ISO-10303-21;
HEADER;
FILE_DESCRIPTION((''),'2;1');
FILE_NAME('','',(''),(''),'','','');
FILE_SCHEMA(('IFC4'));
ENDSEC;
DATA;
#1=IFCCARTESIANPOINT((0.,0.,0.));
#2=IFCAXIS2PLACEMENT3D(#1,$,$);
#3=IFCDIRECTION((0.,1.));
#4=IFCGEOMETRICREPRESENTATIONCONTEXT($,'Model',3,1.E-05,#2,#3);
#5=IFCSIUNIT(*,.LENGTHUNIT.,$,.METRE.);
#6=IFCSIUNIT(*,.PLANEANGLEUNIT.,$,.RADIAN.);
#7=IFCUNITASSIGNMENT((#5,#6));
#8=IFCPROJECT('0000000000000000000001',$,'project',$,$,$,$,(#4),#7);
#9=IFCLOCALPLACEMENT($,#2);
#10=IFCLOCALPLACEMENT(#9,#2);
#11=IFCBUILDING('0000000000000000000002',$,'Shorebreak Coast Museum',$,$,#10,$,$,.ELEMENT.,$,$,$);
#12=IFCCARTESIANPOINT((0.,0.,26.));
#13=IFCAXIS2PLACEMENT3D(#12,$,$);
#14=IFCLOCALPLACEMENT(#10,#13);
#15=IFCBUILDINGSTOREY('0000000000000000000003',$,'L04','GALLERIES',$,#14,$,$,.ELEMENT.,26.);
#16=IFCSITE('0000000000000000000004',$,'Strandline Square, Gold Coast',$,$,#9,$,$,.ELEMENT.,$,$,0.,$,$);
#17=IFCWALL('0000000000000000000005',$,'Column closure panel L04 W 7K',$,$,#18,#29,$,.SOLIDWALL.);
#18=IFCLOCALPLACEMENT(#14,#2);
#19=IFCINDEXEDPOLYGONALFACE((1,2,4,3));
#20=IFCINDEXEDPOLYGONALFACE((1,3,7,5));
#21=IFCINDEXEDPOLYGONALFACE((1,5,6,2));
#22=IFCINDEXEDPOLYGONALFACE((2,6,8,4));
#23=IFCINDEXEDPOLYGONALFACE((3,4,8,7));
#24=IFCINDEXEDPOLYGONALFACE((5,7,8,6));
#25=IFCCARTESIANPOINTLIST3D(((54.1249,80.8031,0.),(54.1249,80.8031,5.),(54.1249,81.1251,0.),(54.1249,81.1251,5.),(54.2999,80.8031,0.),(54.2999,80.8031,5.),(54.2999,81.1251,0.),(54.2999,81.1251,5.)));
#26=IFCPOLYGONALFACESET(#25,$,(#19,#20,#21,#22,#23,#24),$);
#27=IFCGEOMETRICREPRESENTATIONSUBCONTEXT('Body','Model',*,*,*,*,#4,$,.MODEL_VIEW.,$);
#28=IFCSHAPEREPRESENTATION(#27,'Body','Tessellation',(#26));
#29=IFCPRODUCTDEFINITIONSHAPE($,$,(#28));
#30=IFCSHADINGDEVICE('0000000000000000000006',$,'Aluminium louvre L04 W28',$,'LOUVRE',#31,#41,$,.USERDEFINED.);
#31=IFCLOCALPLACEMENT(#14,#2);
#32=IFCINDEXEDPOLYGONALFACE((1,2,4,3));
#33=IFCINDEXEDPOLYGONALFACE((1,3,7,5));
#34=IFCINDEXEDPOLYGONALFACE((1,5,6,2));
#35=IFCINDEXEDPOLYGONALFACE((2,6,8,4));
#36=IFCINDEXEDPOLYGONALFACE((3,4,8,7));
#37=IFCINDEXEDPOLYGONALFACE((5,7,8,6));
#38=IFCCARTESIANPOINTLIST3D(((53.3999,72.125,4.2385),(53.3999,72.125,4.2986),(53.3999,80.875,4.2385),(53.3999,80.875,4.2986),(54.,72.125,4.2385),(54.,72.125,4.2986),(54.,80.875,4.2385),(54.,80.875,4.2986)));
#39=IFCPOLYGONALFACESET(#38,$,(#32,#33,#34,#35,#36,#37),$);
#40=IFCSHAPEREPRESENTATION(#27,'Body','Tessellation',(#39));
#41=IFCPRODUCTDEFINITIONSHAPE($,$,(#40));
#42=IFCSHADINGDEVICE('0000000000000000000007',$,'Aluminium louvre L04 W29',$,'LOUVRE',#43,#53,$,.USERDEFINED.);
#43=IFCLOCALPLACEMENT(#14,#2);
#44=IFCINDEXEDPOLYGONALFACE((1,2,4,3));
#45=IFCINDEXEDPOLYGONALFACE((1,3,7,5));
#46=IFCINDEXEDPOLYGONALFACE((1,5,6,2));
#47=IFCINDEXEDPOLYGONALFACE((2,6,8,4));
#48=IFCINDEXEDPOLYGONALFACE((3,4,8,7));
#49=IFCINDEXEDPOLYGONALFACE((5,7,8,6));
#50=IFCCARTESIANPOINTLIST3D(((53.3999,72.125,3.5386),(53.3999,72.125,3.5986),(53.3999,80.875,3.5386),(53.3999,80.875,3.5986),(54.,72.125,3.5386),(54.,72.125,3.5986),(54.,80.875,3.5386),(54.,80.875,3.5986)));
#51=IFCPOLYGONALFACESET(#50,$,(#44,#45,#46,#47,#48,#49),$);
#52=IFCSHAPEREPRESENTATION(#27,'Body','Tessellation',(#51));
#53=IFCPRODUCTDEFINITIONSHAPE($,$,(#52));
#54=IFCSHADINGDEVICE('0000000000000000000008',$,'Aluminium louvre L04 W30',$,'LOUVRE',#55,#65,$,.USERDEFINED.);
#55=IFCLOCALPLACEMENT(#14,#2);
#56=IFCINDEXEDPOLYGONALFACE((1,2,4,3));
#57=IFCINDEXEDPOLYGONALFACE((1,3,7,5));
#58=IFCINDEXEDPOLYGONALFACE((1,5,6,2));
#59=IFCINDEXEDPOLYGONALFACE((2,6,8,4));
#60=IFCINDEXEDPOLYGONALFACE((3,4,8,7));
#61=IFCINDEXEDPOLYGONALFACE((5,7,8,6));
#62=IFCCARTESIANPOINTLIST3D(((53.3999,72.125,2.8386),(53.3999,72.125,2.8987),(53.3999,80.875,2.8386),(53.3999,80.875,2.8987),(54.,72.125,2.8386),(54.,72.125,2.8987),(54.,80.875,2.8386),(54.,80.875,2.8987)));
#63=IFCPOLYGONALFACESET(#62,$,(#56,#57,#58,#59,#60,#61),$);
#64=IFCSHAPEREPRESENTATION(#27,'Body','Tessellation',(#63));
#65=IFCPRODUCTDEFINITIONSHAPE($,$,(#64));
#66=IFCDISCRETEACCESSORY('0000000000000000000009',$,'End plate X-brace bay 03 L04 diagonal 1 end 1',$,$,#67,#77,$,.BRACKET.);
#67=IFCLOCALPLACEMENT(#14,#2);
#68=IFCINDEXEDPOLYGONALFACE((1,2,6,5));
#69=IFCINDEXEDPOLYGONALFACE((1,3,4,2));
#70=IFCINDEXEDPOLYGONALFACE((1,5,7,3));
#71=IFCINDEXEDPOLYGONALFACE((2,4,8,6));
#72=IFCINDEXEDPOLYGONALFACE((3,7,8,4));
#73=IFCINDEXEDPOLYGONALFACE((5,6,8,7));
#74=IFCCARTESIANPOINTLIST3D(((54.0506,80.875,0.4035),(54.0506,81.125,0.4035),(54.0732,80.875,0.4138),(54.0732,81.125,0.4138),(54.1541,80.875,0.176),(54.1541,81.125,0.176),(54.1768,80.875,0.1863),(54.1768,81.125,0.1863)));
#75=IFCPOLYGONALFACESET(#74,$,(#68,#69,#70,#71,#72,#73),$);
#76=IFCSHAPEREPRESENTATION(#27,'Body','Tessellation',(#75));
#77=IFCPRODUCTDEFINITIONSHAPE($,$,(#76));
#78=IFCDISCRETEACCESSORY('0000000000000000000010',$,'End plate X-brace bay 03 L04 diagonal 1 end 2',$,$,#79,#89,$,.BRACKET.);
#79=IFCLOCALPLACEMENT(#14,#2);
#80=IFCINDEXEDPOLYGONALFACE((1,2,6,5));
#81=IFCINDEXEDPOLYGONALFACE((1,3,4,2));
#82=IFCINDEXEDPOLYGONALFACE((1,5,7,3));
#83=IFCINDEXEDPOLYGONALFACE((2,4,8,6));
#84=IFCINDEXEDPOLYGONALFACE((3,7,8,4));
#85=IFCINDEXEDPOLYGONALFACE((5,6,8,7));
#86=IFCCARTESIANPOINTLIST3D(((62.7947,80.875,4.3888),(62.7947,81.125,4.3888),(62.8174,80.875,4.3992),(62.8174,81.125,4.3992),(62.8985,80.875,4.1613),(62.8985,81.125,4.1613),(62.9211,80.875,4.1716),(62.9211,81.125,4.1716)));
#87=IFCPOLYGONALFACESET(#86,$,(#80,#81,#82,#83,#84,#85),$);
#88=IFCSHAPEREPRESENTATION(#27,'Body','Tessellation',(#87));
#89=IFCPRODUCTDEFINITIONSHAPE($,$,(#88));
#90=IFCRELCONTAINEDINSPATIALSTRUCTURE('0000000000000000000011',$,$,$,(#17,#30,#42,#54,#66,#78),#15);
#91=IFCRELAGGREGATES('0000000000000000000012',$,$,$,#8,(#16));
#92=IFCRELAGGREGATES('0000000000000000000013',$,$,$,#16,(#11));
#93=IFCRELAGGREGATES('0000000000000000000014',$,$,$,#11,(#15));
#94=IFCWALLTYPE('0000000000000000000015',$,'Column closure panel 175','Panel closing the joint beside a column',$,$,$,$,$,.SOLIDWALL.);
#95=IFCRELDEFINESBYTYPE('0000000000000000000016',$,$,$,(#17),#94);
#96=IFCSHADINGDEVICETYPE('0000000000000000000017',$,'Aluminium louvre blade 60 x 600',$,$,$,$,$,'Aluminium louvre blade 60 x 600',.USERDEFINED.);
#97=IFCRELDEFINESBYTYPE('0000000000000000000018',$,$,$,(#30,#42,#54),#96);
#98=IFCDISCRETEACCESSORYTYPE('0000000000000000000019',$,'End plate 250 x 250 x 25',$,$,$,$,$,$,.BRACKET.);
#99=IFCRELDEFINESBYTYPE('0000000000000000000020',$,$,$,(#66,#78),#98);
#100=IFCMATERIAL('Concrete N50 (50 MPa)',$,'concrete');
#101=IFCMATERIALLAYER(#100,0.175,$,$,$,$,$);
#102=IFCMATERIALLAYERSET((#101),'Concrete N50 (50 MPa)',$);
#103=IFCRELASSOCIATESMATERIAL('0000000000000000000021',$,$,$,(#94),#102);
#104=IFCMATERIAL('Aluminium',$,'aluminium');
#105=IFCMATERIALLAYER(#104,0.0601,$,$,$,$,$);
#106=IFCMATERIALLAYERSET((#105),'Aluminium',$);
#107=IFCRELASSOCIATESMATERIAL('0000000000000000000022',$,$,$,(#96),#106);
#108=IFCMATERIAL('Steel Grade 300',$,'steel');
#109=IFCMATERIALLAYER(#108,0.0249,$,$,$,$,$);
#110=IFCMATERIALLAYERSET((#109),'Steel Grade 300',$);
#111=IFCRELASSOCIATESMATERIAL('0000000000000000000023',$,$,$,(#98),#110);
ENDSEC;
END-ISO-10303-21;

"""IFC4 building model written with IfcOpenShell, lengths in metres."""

from ifc_helpers import new_model, si_unit, direction, frame, frame_2d, origin, origin_2d, place, context, subcontext, project, spatial, polyline, rectangle, outline, extrude, material, layer, layer_set, type_object, element, save


model = new_model("IFC4")

# Units and contexts
model_context = context("Model", 3, precision=1e-05, world=origin(), true_north=direction((0.0, 1.0)))
body_context = subcontext(model_context, "Body", "Model", "MODEL_VIEW")
ifc_project = project(units=[si_unit("LENGTHUNIT", "METRE"), si_unit("PLANEANGLEUNIT", "RADIAN")], contexts=[model_context])

# Site, building, storey
site_placement = place(None, origin())
site = spatial("IfcSite", under=ifc_project, at=site_placement, Name="Strandline Square, Gold Coast", CompositionType="ELEMENT", RefElevation=0.0)
building_placement = place(site_placement, origin())
building = spatial("IfcBuilding", under=site, at=building_placement, Name="Shorebreak Coast Museum", CompositionType="ELEMENT")
storey_placement = place(building_placement, frame((0.0, 0.0, 26.0)))
storey = spatial("IfcBuildingStorey", under=building, at=storey_placement, Name="L04", Description="GALLERIES", CompositionType="ELEMENT", Elevation=26.0)

# Wall
ifc_material_1 = material(Name="Concrete N50 (50 MPa)", Category="concrete")
ifc_layer_1 = layer(ifc_material_1, 0.175)
ifc_layer_set_1 = layer_set([ifc_layer_1], Name="Concrete N50 (50 MPa)")
wall_type = type_object("IfcWallType", Name="Column closure panel 175", Description="Panel closing the joint beside a column", PredefinedType="SOLIDWALL", material=ifc_layer_set_1)
wall_placement = place(storey_placement, frame((54.2124, 80.803, 0.0), z_axis=(0.0, 0.0, 1.0), x_axis=(0.0, 1.0, 0.0)))
element("IfcWall", 1, at=wall_placement, inside=storey, type_object=wall_type, Name="Column closure panel L04 W 7K", PredefinedType="SOLIDWALL", context=body_context, shape_type="SweptSolid", body=[
    extrude(rectangle(XDim=0.322, YDim=0.175, at=frame_2d((0.1611, 0.0))), origin(), (0.0, 0.0, 1.0), 5.0),
])

# Shading devices
ifc_material_2 = material(Name="Aluminium", Category="aluminium")
ifc_layer_2 = layer(ifc_material_2, 0.0601)
ifc_layer_set_2 = layer_set([ifc_layer_2], Name="Aluminium")
shading_device_type = type_object("IfcShadingDeviceType", Name="Aluminium louvre blade 60 x 600", ElementType="Aluminium louvre blade 60 x 600", PredefinedType="USERDEFINED", material=ifc_layer_set_2)
for number, where, z_axis, x_axis, name in (
    (2, (53.7, 76.5, 4.2385), (0.0, 0.0, 1.0), (1.0, 0.0, 0.0), "Aluminium louvre L04 W28"),
    (3, (53.7, 76.5, 3.5386), (0.0, 0.0, 1.0), (1.0, 0.0, 0.0), "Aluminium louvre L04 W29"),
    (4, (53.7, 76.5, 2.8386), (0.0, 0.0, 1.0), (1.0, 0.0, 0.0), "Aluminium louvre L04 W30"),
):
    element("IfcShadingDevice", number, at=place(storey_placement, frame(where, z_axis=z_axis, x_axis=x_axis)), inside=storey, type_object=shading_device_type, Name=name, ObjectType="LOUVRE", PredefinedType="USERDEFINED", context=body_context, shape_type="SweptSolid", body=[
        extrude(rectangle(XDim=0.6001, YDim=8.75, at=origin_2d()), origin(), (0.0, 0.0, 1.0), 0.0601),
    ])

# Discrete accessories
ifc_material_3 = material(Name="Steel Grade 300", Category="steel")
ifc_layer_3 = layer(ifc_material_3, 0.0249)
ifc_layer_set_3 = layer_set([ifc_layer_3], Name="Steel Grade 300")
discrete_accessory_type = type_object("IfcDiscreteAccessoryType", Name="End plate 250 x 250 x 25", PredefinedType="BRACKET", material=ifc_layer_set_3)
discrete_accessory_1_placement = place(storey_placement, frame((54.1768, 80.875, 0.1863), z_axis=(0.910233, 0.0, 0.414097), x_axis=(0.0, 1.0, 0.0)))
element("IfcDiscreteAccessory", 5, at=discrete_accessory_1_placement, inside=storey, type_object=discrete_accessory_type, Name="End plate X-brace bay 03 L04 diagonal 1 end 1", PredefinedType="BRACKET", context=body_context, shape_type="SweptSolid", body=[
    extrude(outline(polyline([(0.0, 0.0), (0.25, 0.0), (0.25, 0.25), (0.0, 0.25), (0.0, 0.0)])), origin(), (0.0, 0.0, -1.0), 0.0249),
])
discrete_accessory_2_placement = place(storey_placement, frame((62.9211, 80.875, 4.1716), z_axis=(0.909864, 0.0, 0.414906), x_axis=(0.0, 1.0, 0.0)))
element("IfcDiscreteAccessory", 6, at=discrete_accessory_2_placement, inside=storey, type_object=discrete_accessory_type, Name="End plate X-brace bay 03 L04 diagonal 1 end 2", PredefinedType="BRACKET", context=body_context, shape_type="SweptSolid", body=[
    extrude(outline(polyline([(0.0, 0.0), (0.25, 0.0), (0.25, 0.2501), (0.0, 0.2501), (0.0, 0.0)])), origin(), (0.0, 0.0, -1.0), 0.0249),
])

save(model, "model.ifc")
